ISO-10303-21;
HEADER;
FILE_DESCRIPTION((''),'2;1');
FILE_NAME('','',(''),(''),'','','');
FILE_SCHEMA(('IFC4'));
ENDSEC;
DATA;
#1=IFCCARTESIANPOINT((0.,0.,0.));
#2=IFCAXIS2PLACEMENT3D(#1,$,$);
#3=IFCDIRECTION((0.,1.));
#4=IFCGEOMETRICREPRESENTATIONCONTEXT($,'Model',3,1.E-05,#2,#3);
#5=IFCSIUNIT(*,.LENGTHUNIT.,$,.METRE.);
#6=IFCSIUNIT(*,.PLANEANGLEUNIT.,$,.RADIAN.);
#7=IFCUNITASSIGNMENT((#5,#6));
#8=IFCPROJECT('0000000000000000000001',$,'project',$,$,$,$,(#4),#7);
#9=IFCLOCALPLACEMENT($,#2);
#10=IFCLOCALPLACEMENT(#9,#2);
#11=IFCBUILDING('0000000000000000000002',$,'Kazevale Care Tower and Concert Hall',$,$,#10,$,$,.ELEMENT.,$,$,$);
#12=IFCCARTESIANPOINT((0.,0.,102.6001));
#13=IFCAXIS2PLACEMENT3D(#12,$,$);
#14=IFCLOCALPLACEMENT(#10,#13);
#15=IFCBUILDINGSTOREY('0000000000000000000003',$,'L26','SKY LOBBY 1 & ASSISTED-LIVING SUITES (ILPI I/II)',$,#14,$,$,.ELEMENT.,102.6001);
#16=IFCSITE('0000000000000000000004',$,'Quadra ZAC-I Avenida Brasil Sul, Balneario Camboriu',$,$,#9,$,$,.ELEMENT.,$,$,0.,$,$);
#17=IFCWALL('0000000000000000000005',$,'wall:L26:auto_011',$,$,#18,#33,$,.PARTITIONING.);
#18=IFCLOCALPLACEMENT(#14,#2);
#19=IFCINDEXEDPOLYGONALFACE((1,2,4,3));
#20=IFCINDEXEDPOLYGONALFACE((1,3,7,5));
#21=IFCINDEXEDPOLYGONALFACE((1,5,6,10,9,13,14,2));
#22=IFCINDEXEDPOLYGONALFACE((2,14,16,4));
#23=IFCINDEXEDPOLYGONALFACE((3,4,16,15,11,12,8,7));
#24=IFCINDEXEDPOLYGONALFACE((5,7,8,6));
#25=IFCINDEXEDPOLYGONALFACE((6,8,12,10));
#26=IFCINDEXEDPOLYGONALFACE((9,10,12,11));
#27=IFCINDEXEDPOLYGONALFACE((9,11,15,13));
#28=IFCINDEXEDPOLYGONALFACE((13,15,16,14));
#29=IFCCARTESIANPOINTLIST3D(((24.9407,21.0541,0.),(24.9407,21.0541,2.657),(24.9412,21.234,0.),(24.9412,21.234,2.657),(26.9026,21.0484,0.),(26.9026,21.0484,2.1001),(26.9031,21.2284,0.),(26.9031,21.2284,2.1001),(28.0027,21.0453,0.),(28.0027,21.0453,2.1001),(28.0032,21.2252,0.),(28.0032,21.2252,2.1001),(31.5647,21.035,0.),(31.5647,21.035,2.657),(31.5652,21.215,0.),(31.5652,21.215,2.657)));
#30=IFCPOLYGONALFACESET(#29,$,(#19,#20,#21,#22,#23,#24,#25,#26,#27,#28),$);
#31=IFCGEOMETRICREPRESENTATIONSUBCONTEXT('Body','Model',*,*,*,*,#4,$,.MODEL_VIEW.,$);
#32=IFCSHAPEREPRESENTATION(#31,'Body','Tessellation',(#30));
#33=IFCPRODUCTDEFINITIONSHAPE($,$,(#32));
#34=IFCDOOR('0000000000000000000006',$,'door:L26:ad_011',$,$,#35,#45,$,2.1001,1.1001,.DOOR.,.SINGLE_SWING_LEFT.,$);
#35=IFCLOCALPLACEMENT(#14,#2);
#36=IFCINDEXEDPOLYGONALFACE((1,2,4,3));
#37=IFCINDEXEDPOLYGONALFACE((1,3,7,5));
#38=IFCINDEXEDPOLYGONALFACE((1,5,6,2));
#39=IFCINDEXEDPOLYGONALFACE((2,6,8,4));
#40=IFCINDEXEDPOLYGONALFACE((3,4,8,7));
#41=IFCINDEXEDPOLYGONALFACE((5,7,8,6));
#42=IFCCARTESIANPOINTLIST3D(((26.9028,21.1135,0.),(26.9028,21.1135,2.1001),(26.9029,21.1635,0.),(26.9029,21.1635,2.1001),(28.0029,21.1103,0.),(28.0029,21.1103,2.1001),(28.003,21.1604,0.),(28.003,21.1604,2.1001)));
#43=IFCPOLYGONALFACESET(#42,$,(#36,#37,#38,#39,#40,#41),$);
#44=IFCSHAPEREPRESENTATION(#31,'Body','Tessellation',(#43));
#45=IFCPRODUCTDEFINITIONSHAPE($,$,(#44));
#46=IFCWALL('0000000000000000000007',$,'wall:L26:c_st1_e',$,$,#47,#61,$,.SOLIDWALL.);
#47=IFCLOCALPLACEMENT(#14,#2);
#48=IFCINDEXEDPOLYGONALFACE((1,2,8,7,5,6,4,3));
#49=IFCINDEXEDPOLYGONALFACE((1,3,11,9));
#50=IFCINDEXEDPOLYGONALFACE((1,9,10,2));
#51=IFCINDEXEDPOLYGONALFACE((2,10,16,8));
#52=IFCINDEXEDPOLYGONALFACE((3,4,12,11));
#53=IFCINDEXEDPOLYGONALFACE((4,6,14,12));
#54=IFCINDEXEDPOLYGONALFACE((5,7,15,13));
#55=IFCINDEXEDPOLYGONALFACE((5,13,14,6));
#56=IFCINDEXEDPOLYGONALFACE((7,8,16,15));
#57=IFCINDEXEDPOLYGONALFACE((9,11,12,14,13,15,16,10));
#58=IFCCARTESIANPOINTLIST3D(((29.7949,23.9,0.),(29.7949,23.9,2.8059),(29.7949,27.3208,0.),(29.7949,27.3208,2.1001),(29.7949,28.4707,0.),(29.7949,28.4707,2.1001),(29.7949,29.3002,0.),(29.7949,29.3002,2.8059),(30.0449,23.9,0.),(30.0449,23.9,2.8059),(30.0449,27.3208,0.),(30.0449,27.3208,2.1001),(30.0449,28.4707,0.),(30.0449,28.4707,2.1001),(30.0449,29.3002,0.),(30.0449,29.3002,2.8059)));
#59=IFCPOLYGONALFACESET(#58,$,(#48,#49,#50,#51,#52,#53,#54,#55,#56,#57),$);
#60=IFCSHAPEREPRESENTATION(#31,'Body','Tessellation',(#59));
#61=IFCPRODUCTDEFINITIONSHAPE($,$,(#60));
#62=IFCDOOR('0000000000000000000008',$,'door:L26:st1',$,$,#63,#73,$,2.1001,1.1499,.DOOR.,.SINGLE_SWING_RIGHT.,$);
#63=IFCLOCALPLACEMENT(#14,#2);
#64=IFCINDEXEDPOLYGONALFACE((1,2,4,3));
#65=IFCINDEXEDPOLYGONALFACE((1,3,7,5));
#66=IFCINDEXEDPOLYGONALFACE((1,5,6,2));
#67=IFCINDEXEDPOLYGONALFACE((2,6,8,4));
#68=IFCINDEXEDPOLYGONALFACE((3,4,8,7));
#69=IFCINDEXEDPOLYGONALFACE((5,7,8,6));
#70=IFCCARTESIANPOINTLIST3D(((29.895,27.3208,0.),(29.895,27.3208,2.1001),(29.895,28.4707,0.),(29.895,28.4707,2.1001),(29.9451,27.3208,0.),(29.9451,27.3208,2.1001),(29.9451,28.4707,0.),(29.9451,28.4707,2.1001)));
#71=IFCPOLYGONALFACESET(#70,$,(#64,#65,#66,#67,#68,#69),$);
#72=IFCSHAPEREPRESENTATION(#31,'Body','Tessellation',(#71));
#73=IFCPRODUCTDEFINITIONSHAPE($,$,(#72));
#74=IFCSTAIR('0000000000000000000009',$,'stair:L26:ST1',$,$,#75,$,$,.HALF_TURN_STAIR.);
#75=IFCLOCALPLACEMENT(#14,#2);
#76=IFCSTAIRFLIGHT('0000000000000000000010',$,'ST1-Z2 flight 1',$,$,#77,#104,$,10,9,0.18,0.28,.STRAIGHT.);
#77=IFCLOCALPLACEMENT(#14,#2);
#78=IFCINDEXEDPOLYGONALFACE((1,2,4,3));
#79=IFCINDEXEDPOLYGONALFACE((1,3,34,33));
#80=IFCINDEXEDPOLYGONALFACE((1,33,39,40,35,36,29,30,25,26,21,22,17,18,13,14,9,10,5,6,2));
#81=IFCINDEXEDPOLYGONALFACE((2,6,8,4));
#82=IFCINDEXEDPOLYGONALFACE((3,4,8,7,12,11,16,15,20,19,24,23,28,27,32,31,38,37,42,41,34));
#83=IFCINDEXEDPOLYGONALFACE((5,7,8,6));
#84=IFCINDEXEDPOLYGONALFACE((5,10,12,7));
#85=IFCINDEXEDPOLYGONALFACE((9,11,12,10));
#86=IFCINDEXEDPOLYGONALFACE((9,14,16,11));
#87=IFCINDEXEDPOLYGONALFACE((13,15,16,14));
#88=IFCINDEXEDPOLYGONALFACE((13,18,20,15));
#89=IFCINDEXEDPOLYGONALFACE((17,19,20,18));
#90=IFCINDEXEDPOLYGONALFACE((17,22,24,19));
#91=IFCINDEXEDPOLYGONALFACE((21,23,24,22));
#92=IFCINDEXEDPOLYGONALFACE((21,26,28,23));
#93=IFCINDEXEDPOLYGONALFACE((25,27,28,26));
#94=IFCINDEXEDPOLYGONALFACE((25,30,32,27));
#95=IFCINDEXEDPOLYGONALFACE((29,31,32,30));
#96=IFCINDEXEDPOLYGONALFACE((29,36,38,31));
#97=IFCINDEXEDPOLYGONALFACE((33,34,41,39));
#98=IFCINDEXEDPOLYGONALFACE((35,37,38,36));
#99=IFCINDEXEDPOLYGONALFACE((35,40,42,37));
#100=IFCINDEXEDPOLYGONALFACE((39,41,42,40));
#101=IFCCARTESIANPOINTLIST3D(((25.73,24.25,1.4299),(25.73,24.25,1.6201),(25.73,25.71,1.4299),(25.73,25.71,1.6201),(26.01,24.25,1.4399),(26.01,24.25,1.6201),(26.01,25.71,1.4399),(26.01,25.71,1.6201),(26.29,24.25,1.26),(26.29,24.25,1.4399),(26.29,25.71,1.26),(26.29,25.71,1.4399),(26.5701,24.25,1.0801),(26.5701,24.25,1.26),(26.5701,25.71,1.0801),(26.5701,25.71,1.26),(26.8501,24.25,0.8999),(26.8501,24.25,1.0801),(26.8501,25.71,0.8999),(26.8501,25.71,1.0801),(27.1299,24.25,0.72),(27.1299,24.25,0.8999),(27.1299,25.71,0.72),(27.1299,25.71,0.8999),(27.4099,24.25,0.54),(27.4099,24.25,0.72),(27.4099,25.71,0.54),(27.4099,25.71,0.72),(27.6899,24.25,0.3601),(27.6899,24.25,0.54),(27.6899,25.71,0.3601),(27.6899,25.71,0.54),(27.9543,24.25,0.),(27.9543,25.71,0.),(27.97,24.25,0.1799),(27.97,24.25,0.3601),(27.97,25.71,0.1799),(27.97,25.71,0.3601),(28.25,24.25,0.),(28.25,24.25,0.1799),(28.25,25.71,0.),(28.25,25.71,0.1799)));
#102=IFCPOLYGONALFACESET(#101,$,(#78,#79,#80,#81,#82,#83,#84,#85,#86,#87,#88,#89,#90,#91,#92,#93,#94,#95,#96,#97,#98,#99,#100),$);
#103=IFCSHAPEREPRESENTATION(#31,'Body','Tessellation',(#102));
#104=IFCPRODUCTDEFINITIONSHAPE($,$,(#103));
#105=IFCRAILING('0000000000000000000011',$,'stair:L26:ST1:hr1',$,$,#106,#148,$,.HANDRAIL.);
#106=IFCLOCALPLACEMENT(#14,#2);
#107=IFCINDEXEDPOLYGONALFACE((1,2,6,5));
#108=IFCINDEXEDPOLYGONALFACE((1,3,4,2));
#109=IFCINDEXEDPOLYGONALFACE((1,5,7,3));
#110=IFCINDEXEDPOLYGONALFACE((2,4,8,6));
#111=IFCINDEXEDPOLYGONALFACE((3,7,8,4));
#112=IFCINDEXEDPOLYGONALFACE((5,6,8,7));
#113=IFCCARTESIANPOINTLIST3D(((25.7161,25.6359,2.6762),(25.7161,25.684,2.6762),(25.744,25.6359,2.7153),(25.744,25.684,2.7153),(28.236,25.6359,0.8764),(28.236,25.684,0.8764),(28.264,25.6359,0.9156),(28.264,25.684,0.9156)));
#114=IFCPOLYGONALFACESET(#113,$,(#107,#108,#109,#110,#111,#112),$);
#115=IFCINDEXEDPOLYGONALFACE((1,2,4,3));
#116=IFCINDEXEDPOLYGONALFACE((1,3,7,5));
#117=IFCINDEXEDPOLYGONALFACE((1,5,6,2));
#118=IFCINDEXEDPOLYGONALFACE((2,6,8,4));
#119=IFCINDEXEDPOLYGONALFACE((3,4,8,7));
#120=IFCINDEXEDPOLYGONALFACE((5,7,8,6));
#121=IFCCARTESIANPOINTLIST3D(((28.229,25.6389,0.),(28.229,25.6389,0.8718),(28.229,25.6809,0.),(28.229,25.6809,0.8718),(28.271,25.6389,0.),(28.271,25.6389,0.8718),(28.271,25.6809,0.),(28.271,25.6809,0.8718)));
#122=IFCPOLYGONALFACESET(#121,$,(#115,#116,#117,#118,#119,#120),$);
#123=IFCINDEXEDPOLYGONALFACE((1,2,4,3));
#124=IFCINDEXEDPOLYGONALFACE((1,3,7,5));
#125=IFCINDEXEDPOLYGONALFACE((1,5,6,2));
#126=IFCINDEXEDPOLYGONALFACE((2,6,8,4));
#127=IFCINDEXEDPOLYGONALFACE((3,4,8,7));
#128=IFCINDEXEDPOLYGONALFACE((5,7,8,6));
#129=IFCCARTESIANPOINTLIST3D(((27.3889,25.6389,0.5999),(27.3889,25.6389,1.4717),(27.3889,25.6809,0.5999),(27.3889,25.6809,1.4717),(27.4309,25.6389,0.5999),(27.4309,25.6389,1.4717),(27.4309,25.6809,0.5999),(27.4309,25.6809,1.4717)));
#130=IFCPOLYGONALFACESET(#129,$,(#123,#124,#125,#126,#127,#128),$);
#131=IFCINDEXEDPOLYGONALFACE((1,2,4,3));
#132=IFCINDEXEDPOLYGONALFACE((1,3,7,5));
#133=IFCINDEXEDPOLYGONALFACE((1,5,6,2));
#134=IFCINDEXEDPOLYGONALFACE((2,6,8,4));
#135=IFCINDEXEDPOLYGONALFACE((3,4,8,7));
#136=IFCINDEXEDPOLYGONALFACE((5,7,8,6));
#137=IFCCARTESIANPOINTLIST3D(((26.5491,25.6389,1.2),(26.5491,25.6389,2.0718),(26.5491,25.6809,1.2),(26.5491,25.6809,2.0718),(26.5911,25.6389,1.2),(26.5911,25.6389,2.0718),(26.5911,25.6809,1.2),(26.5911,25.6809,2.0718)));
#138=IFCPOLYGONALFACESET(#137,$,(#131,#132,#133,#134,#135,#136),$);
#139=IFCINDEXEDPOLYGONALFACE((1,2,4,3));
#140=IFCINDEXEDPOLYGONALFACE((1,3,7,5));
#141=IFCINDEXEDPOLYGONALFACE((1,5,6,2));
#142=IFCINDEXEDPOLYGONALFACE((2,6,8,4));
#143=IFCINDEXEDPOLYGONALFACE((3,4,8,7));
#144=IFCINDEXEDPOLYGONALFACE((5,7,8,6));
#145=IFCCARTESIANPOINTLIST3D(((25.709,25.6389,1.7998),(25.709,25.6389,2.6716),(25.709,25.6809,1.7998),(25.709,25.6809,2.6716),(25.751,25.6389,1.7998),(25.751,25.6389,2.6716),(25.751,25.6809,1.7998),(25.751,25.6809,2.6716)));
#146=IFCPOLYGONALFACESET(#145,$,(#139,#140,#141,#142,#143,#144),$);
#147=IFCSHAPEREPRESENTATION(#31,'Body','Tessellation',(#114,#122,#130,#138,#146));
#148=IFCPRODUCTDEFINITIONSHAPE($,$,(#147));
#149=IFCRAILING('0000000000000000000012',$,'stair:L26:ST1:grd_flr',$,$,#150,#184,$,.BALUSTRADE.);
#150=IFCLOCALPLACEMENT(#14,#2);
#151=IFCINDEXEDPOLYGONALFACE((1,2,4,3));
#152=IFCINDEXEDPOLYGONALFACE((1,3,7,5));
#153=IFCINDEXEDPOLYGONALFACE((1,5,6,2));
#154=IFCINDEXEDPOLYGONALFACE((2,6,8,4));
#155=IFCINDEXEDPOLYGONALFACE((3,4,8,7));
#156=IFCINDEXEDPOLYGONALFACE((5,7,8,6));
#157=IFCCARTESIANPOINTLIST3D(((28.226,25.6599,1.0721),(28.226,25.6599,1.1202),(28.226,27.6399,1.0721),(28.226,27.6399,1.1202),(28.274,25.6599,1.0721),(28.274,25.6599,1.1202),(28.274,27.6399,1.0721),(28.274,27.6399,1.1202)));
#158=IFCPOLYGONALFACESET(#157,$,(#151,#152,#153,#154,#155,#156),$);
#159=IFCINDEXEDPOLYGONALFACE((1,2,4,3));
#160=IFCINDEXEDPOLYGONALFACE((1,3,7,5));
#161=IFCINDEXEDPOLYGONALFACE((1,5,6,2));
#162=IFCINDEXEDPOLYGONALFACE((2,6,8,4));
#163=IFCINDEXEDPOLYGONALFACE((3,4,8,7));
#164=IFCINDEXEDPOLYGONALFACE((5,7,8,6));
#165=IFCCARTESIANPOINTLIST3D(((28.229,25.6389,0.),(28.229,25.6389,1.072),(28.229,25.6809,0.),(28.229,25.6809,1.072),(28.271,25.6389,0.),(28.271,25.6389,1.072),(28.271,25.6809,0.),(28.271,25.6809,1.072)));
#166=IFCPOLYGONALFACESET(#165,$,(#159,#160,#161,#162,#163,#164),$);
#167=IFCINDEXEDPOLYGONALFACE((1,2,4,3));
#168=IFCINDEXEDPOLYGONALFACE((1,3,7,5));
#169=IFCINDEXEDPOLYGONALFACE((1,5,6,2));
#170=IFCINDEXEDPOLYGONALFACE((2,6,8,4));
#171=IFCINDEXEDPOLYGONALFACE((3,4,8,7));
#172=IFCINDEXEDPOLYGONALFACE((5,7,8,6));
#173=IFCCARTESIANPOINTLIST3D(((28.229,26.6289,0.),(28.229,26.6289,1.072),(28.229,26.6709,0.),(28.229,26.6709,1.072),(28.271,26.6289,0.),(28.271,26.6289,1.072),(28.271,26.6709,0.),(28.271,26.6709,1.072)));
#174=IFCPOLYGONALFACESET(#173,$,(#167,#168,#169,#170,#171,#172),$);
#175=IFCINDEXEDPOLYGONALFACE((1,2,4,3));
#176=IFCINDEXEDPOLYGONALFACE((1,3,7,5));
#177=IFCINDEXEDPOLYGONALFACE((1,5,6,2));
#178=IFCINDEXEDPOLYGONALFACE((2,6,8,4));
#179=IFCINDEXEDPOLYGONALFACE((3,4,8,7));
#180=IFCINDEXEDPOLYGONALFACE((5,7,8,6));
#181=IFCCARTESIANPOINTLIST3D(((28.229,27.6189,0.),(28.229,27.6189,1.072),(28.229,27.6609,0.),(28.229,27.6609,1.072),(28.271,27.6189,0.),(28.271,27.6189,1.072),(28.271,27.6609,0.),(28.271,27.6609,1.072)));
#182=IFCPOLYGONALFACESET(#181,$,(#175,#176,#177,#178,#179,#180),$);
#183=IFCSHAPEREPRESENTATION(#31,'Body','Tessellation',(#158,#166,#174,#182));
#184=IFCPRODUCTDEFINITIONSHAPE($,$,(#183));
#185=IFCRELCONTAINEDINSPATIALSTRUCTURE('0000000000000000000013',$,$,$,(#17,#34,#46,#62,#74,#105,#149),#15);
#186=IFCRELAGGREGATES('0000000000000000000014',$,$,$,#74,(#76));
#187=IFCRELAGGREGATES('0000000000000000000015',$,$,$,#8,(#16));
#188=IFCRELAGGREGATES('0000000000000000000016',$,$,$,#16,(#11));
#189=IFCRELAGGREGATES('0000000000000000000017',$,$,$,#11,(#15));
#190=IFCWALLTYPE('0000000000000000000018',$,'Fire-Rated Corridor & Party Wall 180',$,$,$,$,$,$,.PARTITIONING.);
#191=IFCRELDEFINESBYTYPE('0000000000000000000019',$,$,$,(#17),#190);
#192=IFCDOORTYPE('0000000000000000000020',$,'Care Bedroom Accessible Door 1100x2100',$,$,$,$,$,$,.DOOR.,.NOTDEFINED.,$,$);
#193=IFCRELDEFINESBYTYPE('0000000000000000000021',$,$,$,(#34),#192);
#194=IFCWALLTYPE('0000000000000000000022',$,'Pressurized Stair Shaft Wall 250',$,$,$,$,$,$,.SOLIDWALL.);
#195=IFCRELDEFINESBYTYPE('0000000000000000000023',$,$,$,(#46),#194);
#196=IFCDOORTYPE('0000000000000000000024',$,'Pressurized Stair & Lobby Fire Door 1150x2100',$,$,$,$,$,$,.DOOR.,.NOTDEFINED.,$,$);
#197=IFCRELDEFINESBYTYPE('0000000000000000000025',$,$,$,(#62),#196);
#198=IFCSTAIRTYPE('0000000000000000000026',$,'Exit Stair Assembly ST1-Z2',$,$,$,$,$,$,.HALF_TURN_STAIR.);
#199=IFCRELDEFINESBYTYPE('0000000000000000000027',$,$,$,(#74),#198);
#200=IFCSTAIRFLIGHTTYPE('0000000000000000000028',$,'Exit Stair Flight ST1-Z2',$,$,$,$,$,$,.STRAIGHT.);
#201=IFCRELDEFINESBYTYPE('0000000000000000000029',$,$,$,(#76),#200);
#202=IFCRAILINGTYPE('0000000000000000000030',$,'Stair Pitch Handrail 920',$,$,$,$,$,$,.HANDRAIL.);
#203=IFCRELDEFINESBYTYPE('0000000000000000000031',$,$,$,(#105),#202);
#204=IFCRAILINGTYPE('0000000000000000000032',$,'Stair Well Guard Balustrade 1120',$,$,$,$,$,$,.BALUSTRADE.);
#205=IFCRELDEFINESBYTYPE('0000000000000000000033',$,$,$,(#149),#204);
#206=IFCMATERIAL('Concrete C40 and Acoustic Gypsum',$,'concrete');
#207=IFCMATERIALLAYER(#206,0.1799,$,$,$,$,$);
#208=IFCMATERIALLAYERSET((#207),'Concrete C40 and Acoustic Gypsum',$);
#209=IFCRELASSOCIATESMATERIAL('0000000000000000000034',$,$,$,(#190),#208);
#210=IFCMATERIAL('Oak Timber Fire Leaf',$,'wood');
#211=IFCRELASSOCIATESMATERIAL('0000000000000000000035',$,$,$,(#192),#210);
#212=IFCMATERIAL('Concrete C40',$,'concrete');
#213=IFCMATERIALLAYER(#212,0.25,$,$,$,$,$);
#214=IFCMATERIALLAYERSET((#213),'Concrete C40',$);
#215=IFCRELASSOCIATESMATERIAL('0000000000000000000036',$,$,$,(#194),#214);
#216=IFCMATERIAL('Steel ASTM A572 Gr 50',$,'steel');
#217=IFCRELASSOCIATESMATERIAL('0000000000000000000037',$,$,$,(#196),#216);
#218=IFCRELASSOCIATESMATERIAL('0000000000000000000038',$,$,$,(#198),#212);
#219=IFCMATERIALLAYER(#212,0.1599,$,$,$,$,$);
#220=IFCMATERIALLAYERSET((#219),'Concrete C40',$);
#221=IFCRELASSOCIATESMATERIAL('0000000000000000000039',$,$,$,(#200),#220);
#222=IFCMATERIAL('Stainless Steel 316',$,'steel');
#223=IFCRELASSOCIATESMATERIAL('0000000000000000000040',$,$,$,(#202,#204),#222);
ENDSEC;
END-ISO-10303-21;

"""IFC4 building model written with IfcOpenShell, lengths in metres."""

from ifc_helpers import new_model, si_unit, direction, frame, frame_2d, origin, origin_2d, place, context, subcontext, project, spatial, polyline, rectangle, outline, extrude, material, layer, layer_set, type_object, element, fill, aggregate, save


model = new_model("IFC4")

# Units and contexts
model_context = context("Model", 3, precision=1e-05, world=origin(), true_north=direction((0.0, 1.0)))
body_context = subcontext(model_context, "Body", "Model", "MODEL_VIEW")
ifc_project = project(units=[si_unit("LENGTHUNIT", "METRE"), si_unit("PLANEANGLEUNIT", "RADIAN")], contexts=[model_context])

# Site, building, storey
site_placement = place(None, origin())
site = spatial("IfcSite", under=ifc_project, at=site_placement, Name="Quadra ZAC-I Avenida Brasil Sul, Balneario Camboriu", CompositionType="ELEMENT", RefElevation=0.0)
building_placement = place(site_placement, origin())
building = spatial("IfcBuilding", under=site, at=building_placement, Name="Kazevale Care Tower and Concert Hall", CompositionType="ELEMENT")
storey_placement = place(building_placement, frame((0.0, 0.0, 102.6001)))
storey = spatial("IfcBuildingStorey", under=building, at=storey_placement, Name="L26", Description="SKY LOBBY 1 & ASSISTED-LIVING SUITES (ILPI I/II)", CompositionType="ELEMENT", Elevation=102.6001)

# Shared definitions
ifc_material_1 = material(Name="Steel ASTM A572 Gr 50", Category="steel")

# Shared definitions
ifc_material_2 = material(Name="Concrete C40", Category="concrete")
ifc_material_3 = material(Name="Stainless Steel 316", Category="steel")

# Walls, openings, doors
ifc_material_4 = material(Name="Concrete C40 and Acoustic Gypsum", Category="concrete")
ifc_layer_1 = layer(ifc_material_4, 0.1799)
ifc_layer_set_1 = layer_set([ifc_layer_1], Name="Concrete C40 and Acoustic Gypsum")
wall_type_1 = type_object("IfcWallType", Name="Fire-Rated Corridor & Party Wall 180", PredefinedType="PARTITIONING", material=ifc_layer_set_1)
wall_1_placement = place(storey_placement, frame((31.5649, 21.125, 0.0), z_axis=(0.0, 0.0, 1.0), x_axis=(-0.999996, 0.002875, 0.0)))
wall_1 = element("IfcWall", 1, at=wall_1_placement, inside=storey, type_object=wall_type_1, Name="wall:L26:auto_011", PredefinedType="PARTITIONING", context=body_context, shape_type="SweptSolid", body=[
    extrude(rectangle(XDim=6.624, YDim=0.1799, at=frame_2d((3.312, 0.0))), origin(), (0.0, 0.0, 1.0), 2.657),
])
opening_1_placement = place(wall_1_placement, frame((3.562, 0.0, 0.0)))
opening_1 = element("IfcOpeningElement", 2, at=opening_1_placement, cuts=wall_1, PredefinedType="OPENING", context=body_context, shape_type="SweptSolid", body=[
    extrude(rectangle(XDim=1.1001, YDim=2.1001, at=frame_2d((0.55, 1.05))), frame((0.0, 0.0999, 0.0), z_axis=(0.0, -1.0, 0.0), x_axis=(1.0, 0.0, 0.0)), (0.0, 0.0, 1.0), 0.2),
])
ifc_material_5 = material(Name="Oak Timber Fire Leaf", Category="wood")
door_type_1 = type_object("IfcDoorType", Name="Care Bedroom Accessible Door 1100x2100", OperationType="NOTDEFINED", PredefinedType="DOOR", material=ifc_material_5)
door_1_placement = place(opening_1_placement, origin())
door_1 = element("IfcDoor", 3, at=door_1_placement, inside=storey, type_object=door_type_1, Name="door:L26:ad_011", OperationType="SINGLE_SWING_LEFT", OverallHeight=2.1001, OverallWidth=1.1001, PredefinedType="DOOR", context=body_context, shape_type="SweptSolid", body=[
    extrude(rectangle(XDim=1.1001, YDim=2.1001, at=frame_2d((0.55, 1.05))), frame((0.0, 0.0249, 0.0), z_axis=(0.0, -1.0, 0.0), x_axis=(1.0, 0.0, 0.0)), (0.0, 0.0, 1.0), 0.05),
])
fill(opening_1, door_1)
ifc_layer_2 = layer(ifc_material_2, 0.25)
ifc_layer_set_2 = layer_set([ifc_layer_2], Name="Concrete C40")
wall_type_2 = type_object("IfcWallType", Name="Pressurized Stair Shaft Wall 250", PredefinedType="SOLIDWALL", material=ifc_layer_set_2)
wall_2_placement = place(storey_placement, frame((29.9199, 23.8999, 0.0), z_axis=(0.0, 0.0, 1.0), x_axis=(0.0, 1.0, 0.0)))
wall_2 = element("IfcWall", 4, at=wall_2_placement, inside=storey, type_object=wall_type_2, Name="wall:L26:c_st1_e", PredefinedType="SOLIDWALL", context=body_context, shape_type="SweptSolid", body=[
    extrude(rectangle(XDim=5.4001, YDim=0.25, at=frame_2d((2.7002, 0.0))), origin(), (0.0, 0.0, 1.0), 2.8059),
])
opening_2_placement = place(wall_2_placement, frame((3.4209, 0.0, 0.0)))
opening_2 = element("IfcOpeningElement", 5, at=opening_2_placement, cuts=wall_2, PredefinedType="OPENING", context=body_context, shape_type="SweptSolid", body=[
    extrude(rectangle(XDim=1.1499, YDim=2.1001, at=frame_2d((0.575, 1.05))), frame((0.0, 0.135, 0.0), z_axis=(0.0, -1.0, 0.0), x_axis=(1.0, 0.0, 0.0)), (0.0, 0.0, 1.0), 0.27),
])
door_type_2 = type_object("IfcDoorType", Name="Pressurized Stair & Lobby Fire Door 1150x2100", OperationType="NOTDEFINED", PredefinedType="DOOR", material=ifc_material_1)
door_2_placement = place(opening_2_placement, origin())
door_2 = element("IfcDoor", 6, at=door_2_placement, inside=storey, type_object=door_type_2, Name="door:L26:st1", OperationType="SINGLE_SWING_RIGHT", OverallHeight=2.1001, OverallWidth=1.1499, PredefinedType="DOOR", context=body_context, shape_type="SweptSolid", body=[
    extrude(rectangle(XDim=1.1499, YDim=2.1001, at=frame_2d((0.575, 1.05))), frame((0.0, 0.0249, 0.0), z_axis=(0.0, -1.0, 0.0), x_axis=(1.0, 0.0, 0.0)), (0.0, 0.0, 1.0), 0.05),
])
fill(opening_2, door_2)

# Stair, stair flight
stair_type = type_object("IfcStairType", Name="Exit Stair Assembly ST1-Z2", PredefinedType="HALF_TURN_STAIR", material=ifc_material_2)
stair_placement = place(storey_placement, origin())
stair = element("IfcStair", 7, at=stair_placement, inside=storey, type_object=stair_type, Name="stair:L26:ST1", PredefinedType="HALF_TURN_STAIR")
ifc_layer_3 = layer(ifc_material_2, 0.1599)
ifc_layer_set_3 = layer_set([ifc_layer_3], Name="Concrete C40")
stair_flight_type = type_object("IfcStairFlightType", Name="Exit Stair Flight ST1-Z2", PredefinedType="STRAIGHT", material=ifc_layer_set_3)
stair_flight_placement = place(storey_placement, frame((28.25, 24.98, 0.0), z_axis=(0.0, 0.0, 1.0), x_axis=(-1.0, 0.0, 0.0)))
stair_flight = element("IfcStairFlight", 8, at=stair_flight_placement, type_object=stair_flight_type, Name="ST1-Z2 flight 1", NumberOfRisers=10, NumberOfTreads=9, PredefinedType="STRAIGHT", RiserHeight=0.18, TreadLength=0.28, context=body_context, shape_type="SweptSolid", body=[
    extrude(outline(polyline([(0.0, 0.0), (0.0, 0.1799), (0.28, 0.1799), (0.28, 0.3601), (0.5601, 0.3601), (0.5601, 0.54), (0.8401, 0.54), (0.8401, 0.72), (1.1201, 0.72), (1.1201, 0.8999), (1.3999, 0.8999), (1.3999, 1.0801), (1.6799, 1.0801), (1.6799, 1.26), (1.96, 1.26), (1.96, 1.4399), (2.24, 1.4399), (2.24, 1.6201), (2.52, 1.6201), (2.52, 1.8), (2.52, 1.4299), (0.2957, 0.0), (0.0, 0.0)])), frame((0.0, 0.73, 0.0), z_axis=(0.0, -1.0, 0.0), x_axis=(1.0, 0.0, 0.0)), (0.0, 0.0, 1.0), 1.46),
])
aggregate(stair, [stair_flight])

# Railings
railing_type_1 = type_object("IfcRailingType", Name="Stair Pitch Handrail 920", PredefinedType="HANDRAIL", material=ifc_material_3)
railing_1_placement = place(storey_placement, frame((28.25, 25.6599, 0.0)))
element("IfcRailing", 9, at=railing_1_placement, inside=storey, type_object=railing_type_1, Name="stair:L26:ST1:hr1", PredefinedType="HANDRAIL", context=body_context, shape_type="SweptSolid", body=[
    extrude(rectangle(XDim=0.0481, YDim=0.0481, at=origin_2d()), frame((0.0, 0.0, 0.896), z_axis=(-0.813765, 0.0, 0.581193), x_axis=(0.0, -1.0, 0.0)), (0.0, 0.0, 1.0), 3.0967),
    extrude(rectangle(XDim=0.042, YDim=0.042, at=origin_2d()), origin(), (0.0, 0.0, 1.0), 0.8718),
    extrude(rectangle(XDim=0.042, YDim=0.042, at=origin_2d()), frame((-0.8401, 0.0, 0.5999)), (0.0, 0.0, 1.0), 0.8718),
    extrude(rectangle(XDim=0.042, YDim=0.042, at=origin_2d()), frame((-1.6799, 0.0, 1.2)), (0.0, 0.0, 1.0), 0.8718),
    extrude(rectangle(XDim=0.042, YDim=0.042, at=origin_2d()), frame((-2.52, 0.0, 1.7998)), (0.0, 0.0, 1.0), 0.8718),
])
railing_type_2 = type_object("IfcRailingType", Name="Stair Well Guard Balustrade 1120", PredefinedType="BALUSTRADE", material=ifc_material_3)
railing_2_placement = place(storey_placement, frame((28.25, 25.6599, 0.0)))
element("IfcRailing", 10, at=railing_2_placement, inside=storey, type_object=railing_type_2, Name="stair:L26:ST1:grd_flr", PredefinedType="BALUSTRADE", context=body_context, shape_type="SweptSolid", body=[
    extrude(rectangle(XDim=0.0481, YDim=0.0481, at=origin_2d()), frame((0.0, 0.0, 1.0962), z_axis=(0.0, 1.0, 0.0), x_axis=(-1.0, 0.0, 0.0)), (0.0, 0.0, 1.0), 1.98),
    extrude(rectangle(XDim=0.042, YDim=0.042, at=origin_2d()), origin(), (0.0, 0.0, 1.0), 1.072),
    extrude(rectangle(XDim=0.042, YDim=0.042, at=origin_2d()), frame((0.0, 0.99, 0.0)), (0.0, 0.0, 1.0), 1.072),
    extrude(rectangle(XDim=0.042, YDim=0.042, at=origin_2d()), frame((0.0, 1.98, 0.0)), (0.0, 0.0, 1.0), 1.072),
])

save(model, "model.ifc")
